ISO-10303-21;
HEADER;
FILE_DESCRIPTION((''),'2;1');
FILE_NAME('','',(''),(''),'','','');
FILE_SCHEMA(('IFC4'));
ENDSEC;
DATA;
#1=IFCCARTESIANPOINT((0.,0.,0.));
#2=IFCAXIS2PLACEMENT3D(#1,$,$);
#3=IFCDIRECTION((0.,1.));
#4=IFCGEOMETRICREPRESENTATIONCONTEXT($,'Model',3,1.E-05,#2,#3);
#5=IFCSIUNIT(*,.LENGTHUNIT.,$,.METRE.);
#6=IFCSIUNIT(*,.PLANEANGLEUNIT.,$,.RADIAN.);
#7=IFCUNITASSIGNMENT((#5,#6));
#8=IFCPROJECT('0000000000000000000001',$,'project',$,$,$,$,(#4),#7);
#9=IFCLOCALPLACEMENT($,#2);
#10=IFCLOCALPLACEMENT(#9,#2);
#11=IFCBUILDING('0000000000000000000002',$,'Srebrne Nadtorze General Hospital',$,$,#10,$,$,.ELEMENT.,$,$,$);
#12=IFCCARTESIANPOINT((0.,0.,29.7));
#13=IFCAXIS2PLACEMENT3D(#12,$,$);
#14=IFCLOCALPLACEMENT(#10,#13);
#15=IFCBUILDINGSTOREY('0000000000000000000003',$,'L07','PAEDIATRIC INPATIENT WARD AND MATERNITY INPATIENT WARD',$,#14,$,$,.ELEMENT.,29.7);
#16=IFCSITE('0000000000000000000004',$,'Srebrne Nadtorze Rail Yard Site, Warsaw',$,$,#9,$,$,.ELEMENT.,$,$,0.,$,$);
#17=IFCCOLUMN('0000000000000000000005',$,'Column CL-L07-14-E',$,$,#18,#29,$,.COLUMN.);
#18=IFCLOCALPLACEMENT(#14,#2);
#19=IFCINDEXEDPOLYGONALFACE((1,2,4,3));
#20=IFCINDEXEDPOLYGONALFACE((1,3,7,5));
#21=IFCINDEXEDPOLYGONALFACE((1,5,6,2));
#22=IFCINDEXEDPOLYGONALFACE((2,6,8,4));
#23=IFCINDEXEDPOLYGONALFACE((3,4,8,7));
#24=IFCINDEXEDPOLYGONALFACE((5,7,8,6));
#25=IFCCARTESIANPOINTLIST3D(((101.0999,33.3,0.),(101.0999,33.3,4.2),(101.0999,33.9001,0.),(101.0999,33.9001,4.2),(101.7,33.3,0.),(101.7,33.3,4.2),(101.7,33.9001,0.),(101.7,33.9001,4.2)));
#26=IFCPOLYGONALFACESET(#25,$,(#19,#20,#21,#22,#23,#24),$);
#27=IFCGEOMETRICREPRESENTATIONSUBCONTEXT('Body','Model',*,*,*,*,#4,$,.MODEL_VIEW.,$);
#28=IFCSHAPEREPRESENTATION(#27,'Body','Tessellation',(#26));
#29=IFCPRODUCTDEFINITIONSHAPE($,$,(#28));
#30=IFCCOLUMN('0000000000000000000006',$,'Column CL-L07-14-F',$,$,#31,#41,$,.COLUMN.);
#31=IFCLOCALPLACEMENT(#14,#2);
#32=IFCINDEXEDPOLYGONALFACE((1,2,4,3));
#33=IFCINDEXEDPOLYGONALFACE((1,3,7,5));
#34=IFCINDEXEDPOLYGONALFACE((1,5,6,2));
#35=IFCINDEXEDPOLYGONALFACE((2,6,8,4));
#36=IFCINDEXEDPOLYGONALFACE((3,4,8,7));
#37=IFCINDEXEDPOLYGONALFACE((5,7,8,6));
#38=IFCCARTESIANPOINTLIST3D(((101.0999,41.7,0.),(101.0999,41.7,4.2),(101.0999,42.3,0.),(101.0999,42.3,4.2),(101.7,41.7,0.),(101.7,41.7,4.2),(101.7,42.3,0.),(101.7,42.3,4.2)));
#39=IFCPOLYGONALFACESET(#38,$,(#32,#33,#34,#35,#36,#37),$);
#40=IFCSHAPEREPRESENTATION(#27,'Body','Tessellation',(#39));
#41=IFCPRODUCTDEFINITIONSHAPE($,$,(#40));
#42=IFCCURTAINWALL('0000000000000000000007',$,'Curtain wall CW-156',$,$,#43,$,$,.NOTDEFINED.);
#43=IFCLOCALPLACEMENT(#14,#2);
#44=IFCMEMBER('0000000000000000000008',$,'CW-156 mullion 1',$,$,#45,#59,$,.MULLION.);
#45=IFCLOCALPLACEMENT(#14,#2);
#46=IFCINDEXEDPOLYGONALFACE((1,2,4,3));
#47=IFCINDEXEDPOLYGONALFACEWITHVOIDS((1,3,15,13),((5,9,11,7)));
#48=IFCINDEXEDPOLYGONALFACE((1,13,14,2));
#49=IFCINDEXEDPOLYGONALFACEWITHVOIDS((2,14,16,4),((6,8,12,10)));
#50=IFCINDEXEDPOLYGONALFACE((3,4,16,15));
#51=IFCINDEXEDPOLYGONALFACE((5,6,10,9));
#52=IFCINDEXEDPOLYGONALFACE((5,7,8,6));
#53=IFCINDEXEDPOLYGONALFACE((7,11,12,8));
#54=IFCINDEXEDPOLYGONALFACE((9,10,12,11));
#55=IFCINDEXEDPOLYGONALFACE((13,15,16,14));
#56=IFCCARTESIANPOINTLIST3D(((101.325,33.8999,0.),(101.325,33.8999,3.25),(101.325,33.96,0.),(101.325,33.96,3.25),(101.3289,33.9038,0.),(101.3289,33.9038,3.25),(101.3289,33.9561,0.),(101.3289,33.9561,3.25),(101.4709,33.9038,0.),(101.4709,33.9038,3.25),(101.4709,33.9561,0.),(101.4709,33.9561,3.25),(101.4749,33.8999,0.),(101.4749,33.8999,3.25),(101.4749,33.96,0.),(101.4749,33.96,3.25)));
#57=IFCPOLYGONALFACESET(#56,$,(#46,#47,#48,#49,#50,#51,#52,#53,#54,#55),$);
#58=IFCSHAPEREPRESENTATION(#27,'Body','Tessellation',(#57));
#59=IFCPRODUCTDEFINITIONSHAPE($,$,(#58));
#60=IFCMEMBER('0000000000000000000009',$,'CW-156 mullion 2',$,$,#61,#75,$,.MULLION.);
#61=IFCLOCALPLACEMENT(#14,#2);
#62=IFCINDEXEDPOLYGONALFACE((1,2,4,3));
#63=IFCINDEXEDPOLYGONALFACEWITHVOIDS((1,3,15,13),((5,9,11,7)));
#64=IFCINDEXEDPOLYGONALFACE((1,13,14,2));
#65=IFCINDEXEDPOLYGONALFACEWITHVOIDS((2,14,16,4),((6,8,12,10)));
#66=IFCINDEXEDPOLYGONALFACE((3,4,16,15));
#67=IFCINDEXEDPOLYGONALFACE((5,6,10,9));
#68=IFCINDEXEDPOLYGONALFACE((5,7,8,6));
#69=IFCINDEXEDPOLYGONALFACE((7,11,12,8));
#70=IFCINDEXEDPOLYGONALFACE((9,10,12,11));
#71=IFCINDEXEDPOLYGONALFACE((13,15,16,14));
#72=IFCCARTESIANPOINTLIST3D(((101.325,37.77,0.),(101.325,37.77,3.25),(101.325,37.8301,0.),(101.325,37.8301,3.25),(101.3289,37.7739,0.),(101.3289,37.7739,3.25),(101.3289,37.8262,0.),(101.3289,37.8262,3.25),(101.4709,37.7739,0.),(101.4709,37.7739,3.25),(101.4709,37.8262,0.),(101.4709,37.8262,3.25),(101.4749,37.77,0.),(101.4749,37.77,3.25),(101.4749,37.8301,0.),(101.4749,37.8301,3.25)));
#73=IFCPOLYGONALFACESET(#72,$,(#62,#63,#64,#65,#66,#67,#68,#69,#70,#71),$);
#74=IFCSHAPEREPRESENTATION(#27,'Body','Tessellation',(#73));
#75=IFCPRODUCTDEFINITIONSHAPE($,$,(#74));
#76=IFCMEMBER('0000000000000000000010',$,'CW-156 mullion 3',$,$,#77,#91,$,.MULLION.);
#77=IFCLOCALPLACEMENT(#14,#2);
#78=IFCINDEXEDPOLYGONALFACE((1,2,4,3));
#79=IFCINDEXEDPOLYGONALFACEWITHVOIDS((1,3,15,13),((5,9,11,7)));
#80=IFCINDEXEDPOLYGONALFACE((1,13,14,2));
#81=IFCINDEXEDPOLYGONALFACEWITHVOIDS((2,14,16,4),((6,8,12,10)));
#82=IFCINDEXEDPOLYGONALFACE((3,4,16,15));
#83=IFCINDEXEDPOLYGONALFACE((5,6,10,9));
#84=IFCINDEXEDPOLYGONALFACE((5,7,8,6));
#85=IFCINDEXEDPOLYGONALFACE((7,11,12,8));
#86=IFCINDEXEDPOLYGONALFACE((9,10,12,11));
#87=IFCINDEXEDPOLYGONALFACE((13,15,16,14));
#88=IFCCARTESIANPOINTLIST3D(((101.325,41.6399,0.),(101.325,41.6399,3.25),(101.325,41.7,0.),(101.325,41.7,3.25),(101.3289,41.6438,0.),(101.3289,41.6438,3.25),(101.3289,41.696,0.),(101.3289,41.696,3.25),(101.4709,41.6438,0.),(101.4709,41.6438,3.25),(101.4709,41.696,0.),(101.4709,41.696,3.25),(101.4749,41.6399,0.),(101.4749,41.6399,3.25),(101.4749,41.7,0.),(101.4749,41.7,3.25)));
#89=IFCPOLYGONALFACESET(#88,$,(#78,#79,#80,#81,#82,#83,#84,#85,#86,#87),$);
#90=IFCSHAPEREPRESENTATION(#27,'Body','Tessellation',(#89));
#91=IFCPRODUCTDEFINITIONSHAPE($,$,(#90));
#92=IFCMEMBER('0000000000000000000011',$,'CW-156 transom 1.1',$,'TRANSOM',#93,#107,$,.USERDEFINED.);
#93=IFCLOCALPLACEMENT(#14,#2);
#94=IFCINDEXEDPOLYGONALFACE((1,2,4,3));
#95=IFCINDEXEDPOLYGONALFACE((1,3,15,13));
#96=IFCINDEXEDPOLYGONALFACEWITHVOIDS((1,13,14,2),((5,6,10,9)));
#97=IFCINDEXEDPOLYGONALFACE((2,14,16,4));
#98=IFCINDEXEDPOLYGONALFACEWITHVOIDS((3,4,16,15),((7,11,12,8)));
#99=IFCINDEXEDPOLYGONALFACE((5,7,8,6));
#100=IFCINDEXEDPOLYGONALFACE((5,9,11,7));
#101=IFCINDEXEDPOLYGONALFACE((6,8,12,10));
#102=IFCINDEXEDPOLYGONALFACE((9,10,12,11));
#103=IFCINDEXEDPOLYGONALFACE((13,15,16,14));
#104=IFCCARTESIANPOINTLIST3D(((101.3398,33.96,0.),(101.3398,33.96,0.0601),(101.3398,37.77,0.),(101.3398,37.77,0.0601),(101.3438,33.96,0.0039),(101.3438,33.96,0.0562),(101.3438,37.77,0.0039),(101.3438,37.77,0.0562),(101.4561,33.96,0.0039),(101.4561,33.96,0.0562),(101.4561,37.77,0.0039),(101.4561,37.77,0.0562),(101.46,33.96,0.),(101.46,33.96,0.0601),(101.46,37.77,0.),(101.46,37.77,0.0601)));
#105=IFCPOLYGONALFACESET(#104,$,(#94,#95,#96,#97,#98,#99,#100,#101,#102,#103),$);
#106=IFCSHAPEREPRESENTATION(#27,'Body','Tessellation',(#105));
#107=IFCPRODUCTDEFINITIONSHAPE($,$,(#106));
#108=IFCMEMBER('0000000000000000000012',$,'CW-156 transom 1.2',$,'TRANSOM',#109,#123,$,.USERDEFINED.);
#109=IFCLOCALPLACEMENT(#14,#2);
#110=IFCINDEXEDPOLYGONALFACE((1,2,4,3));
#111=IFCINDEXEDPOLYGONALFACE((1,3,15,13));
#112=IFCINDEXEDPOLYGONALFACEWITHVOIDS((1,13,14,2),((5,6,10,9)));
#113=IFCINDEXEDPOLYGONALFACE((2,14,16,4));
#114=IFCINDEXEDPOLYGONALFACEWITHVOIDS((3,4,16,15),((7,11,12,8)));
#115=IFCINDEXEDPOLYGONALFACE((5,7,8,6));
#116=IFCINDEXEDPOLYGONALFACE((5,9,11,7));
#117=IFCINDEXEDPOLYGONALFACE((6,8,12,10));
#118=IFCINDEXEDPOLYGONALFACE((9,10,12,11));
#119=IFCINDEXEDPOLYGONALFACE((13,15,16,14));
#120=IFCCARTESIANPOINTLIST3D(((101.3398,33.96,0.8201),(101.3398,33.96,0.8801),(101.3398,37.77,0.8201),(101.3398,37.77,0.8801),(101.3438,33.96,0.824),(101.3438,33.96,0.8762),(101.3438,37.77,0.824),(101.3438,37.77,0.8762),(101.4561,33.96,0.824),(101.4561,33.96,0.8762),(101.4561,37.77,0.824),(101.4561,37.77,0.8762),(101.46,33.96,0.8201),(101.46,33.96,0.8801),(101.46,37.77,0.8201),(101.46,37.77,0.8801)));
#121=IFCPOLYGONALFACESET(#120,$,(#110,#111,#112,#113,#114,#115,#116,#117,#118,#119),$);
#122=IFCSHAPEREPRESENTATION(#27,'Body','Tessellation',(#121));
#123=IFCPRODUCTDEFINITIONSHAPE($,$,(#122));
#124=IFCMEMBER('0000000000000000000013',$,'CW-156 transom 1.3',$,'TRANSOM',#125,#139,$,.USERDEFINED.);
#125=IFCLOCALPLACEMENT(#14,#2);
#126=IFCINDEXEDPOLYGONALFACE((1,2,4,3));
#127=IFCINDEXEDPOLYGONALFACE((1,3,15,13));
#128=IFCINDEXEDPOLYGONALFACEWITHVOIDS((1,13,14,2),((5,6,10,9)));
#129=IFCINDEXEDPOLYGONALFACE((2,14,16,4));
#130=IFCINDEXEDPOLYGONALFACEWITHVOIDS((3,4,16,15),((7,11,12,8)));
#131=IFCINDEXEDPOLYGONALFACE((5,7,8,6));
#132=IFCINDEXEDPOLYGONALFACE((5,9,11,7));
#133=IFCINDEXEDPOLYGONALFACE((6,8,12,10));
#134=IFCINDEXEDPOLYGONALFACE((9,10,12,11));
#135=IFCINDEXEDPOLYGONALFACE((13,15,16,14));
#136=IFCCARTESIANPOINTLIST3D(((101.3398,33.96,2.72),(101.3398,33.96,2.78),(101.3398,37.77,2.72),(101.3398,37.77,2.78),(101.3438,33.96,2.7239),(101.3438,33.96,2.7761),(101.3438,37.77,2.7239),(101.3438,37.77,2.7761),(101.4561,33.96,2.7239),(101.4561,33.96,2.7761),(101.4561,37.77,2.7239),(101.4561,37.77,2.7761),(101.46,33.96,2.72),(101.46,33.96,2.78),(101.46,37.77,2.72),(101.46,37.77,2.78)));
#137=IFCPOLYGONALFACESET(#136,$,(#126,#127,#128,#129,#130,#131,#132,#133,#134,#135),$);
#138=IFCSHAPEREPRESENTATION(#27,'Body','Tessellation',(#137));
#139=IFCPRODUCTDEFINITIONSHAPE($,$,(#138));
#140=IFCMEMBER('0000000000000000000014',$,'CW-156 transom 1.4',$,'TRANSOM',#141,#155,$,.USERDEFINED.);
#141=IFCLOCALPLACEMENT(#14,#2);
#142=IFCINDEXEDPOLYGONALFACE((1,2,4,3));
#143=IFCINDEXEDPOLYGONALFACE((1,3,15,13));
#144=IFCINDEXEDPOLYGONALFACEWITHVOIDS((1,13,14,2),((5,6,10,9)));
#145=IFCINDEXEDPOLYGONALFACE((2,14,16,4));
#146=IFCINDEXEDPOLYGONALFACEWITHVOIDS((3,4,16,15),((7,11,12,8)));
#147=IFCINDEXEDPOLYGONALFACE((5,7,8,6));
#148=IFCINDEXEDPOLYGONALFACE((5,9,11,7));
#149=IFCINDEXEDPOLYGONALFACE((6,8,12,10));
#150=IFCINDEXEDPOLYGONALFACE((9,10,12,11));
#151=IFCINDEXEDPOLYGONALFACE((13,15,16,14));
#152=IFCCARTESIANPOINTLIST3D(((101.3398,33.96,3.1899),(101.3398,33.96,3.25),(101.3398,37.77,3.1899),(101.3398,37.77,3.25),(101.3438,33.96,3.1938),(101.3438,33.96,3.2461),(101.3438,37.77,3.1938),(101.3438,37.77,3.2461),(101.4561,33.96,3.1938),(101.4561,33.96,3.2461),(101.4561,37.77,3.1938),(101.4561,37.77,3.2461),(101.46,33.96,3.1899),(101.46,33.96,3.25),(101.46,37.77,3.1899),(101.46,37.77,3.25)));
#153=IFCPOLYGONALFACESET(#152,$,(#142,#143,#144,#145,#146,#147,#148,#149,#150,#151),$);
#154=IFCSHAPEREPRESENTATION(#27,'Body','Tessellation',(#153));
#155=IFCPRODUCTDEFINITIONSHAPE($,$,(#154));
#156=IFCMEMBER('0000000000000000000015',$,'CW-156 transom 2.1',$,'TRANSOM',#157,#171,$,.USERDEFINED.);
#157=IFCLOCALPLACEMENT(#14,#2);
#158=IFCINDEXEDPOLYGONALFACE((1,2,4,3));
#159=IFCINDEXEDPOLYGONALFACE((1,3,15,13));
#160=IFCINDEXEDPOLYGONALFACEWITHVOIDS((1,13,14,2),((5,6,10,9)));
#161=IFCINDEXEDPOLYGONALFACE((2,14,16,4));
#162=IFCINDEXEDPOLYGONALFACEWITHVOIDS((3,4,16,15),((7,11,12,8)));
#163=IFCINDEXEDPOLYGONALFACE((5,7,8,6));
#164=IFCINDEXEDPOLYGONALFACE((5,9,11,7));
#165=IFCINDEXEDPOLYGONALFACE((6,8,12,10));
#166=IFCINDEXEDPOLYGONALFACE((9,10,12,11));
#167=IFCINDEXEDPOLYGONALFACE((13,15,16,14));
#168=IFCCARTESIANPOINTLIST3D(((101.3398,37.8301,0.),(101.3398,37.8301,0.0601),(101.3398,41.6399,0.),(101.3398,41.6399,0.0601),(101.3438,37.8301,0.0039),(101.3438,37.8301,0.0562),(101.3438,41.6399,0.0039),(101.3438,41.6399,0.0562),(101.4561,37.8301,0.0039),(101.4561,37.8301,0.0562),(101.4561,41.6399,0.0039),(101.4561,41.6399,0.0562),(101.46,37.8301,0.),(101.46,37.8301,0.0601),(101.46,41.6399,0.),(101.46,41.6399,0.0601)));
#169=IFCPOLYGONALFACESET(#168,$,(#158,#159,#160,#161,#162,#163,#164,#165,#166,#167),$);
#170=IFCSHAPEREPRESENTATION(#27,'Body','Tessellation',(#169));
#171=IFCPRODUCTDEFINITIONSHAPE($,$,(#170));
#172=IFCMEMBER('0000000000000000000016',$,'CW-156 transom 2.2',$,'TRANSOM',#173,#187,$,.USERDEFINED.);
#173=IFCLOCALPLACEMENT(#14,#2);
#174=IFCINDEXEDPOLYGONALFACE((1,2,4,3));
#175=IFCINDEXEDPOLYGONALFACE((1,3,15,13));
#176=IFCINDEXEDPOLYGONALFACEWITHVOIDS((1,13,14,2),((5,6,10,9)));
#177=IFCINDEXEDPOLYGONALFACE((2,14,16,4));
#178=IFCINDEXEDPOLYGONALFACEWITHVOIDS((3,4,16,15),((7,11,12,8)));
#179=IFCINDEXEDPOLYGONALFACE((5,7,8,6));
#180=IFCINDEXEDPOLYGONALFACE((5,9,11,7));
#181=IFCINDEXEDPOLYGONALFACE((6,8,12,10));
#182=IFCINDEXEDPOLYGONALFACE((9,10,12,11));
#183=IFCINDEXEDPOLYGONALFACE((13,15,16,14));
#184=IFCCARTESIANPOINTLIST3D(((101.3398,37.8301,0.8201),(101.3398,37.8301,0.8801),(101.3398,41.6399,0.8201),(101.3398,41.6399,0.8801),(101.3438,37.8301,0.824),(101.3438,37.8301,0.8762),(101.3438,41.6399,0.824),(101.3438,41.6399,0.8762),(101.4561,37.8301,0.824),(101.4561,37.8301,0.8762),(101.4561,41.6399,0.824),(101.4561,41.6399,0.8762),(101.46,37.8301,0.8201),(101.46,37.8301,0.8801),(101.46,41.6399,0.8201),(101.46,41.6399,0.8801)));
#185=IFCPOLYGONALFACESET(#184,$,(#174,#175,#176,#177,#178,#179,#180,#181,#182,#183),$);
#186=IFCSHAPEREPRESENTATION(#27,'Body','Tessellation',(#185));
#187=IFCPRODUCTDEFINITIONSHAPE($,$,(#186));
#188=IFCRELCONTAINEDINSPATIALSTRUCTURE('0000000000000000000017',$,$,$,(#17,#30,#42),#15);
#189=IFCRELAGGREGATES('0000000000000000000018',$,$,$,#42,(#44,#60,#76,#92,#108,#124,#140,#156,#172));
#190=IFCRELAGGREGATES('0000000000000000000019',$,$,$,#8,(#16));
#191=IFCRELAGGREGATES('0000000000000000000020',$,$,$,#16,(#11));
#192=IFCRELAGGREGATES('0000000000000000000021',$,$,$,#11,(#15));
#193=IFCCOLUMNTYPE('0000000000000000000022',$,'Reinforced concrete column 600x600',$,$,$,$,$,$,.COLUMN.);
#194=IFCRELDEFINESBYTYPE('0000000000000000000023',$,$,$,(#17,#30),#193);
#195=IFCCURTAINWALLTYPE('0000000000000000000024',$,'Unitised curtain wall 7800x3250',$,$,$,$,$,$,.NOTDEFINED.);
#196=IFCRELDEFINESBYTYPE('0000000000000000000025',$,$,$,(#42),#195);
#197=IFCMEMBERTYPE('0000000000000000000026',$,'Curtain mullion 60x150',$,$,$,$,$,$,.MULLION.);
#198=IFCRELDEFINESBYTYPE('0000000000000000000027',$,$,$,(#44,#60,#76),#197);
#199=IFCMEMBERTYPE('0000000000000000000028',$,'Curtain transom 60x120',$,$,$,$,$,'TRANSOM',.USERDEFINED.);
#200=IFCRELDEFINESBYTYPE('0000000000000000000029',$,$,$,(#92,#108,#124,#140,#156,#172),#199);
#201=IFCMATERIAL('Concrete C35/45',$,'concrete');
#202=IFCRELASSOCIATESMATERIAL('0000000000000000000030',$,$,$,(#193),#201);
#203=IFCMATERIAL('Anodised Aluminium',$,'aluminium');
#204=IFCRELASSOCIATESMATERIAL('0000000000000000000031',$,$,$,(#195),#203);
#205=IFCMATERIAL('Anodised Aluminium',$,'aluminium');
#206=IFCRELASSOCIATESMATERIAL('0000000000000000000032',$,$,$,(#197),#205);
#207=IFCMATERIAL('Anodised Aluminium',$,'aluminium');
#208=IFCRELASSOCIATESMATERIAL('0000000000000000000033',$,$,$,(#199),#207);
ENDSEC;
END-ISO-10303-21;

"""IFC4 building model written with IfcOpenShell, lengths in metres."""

from ifc_helpers import new_model, si_unit, direction, frame, origin, origin_2d, place, context, subcontext, project, spatial, rectangle, hollow_rectangle, extrude, material, material_profile, profile_set, type_object, element, aggregate, save


model = new_model("IFC4")

# Units and contexts
model_context = context("Model", 3, precision=1e-05, world=origin(), true_north=direction((0.0, 1.0)))
body_context = subcontext(model_context, "Body", "Model", "MODEL_VIEW")
ifc_project = project(units=[si_unit("LENGTHUNIT", "METRE"), si_unit("PLANEANGLEUNIT", "RADIAN")], contexts=[model_context])

# Site, building, storey
site_placement = place(None, origin())
site = spatial("IfcSite", under=ifc_project, at=site_placement, Name="Srebrne Nadtorze Rail Yard Site, Warsaw", CompositionType="ELEMENT", RefElevation=0.0)
building_placement = place(site_placement, origin())
building = spatial("IfcBuilding", under=site, at=building_placement, Name="Srebrne Nadtorze General Hospital", CompositionType="ELEMENT")
storey_placement = place(building_placement, frame((0.0, 0.0, 29.7)))
storey = spatial("IfcBuildingStorey", under=building, at=storey_placement, Name="L07", Description="PAEDIATRIC INPATIENT WARD AND MATERNITY INPATIENT WARD", CompositionType="ELEMENT", Elevation=29.7)

# Columns
ifc_material_1 = material(Name="Concrete C35/45", Category="concrete")
ifc_material_profile_1 = material_profile(ifc_material_1, rectangle(XDim=0.6001, YDim=0.6001, at=origin_2d()), Name="RC-COL-600x600")
ifc_profile_set_1 = profile_set([ifc_material_profile_1], Name="Concrete C35/45")
column_type = type_object("IfcColumnType", Name="Reinforced concrete column 600x600", PredefinedType="COLUMN", material=ifc_profile_set_1)
for number, where, z_axis, x_axis, name in (
    (1, (101.3999, 33.6001, 0.0), (0.0, 0.0, 1.0), (1.0, 0.0, 0.0), "Column CL-L07-14-E"),
    (2, (101.3999, 42.0, 0.0), (0.0, 0.0, 1.0), (1.0, 0.0, 0.0), "Column CL-L07-14-F"),
):
    element("IfcColumn", number, at=place(storey_placement, frame(where, z_axis=z_axis, x_axis=x_axis)), inside=storey, type_object=column_type, Name=name, PredefinedType="COLUMN", context=body_context, shape_type="SweptSolid", body=[
        extrude(rectangle(XDim=0.6001, YDim=0.6001, at=origin_2d()), origin(), (0.0, 0.0, 1.0), 4.2),
    ])

# Curtain wall, members
ifc_material_2 = material(Name="Anodised Aluminium", Category="aluminium")
curtain_wall_type = type_object("IfcCurtainWallType", Name="Unitised curtain wall 7800x3250", PredefinedType="NOTDEFINED", material=ifc_material_2)
curtain_wall_placement = place(storey_placement, origin())
curtain_wall = element("IfcCurtainWall", 3, at=curtain_wall_placement, inside=storey, type_object=curtain_wall_type, Name="Curtain wall CW-156", PredefinedType="NOTDEFINED")
ifc_material_3 = material(Name="Anodised Aluminium", Category="aluminium")
ifc_material_profile_2 = material_profile(ifc_material_3, hollow_rectangle(XDim=0.0601, YDim=0.1499, WallThickness=0.0039, at=origin_2d()), Name="AL-MUL-60x150")
ifc_profile_set_2 = profile_set([ifc_material_profile_2], Name="Anodised Aluminium")
member_type_1 = type_object("IfcMemberType", Name="Curtain mullion 60x150", PredefinedType="MULLION", material=ifc_profile_set_2)
member_1_placement = place(storey_placement, frame((101.3999, 33.9299, 0.0), z_axis=(0.0, 0.0, 1.0), x_axis=(0.0, 1.0, 0.0)))
member_1 = element("IfcMember", 4, at=member_1_placement, type_object=member_type_1, Name="CW-156 mullion 1", PredefinedType="MULLION", context=body_context, shape_type="SweptSolid", body=[
    extrude(hollow_rectangle(XDim=0.0601, YDim=0.1499, WallThickness=0.0039, at=origin_2d()), origin(), (0.0, 0.0, 1.0), 3.25),
])
member_2_placement = place(storey_placement, frame((101.3999, 37.8, 0.0), z_axis=(0.0, 0.0, 1.0), x_axis=(0.0, 1.0, 0.0)))
member_2 = element("IfcMember", 5, at=member_2_placement, type_object=member_type_1, Name="CW-156 mullion 2", PredefinedType="MULLION", context=body_context, shape_type="SweptSolid", body=[
    extrude(hollow_rectangle(XDim=0.0601, YDim=0.1499, WallThickness=0.0039, at=origin_2d()), origin(), (0.0, 0.0, 1.0), 3.25),
])
member_3_placement = place(storey_placement, frame((101.3999, 41.6699, 0.0), z_axis=(0.0, 0.0, 1.0), x_axis=(0.0, 1.0, 0.0)))
member_3 = element("IfcMember", 6, at=member_3_placement, type_object=member_type_1, Name="CW-156 mullion 3", PredefinedType="MULLION", context=body_context, shape_type="SweptSolid", body=[
    extrude(hollow_rectangle(XDim=0.0601, YDim=0.1499, WallThickness=0.0039, at=origin_2d()), origin(), (0.0, 0.0, 1.0), 3.25),
])
ifc_material_4 = material(Name="Anodised Aluminium", Category="aluminium")
ifc_material_profile_3 = material_profile(ifc_material_4, hollow_rectangle(XDim=0.0601, YDim=0.1201, WallThickness=0.0039, at=origin_2d()), Name="AL-TRN-60x120")
ifc_profile_set_3 = profile_set([ifc_material_profile_3], Name="Anodised Aluminium")
member_type_2 = type_object("IfcMemberType", Name="Curtain transom 60x120", ElementType="TRANSOM", PredefinedType="USERDEFINED", material=ifc_profile_set_3)
member_4_placement = place(storey_placement, frame((101.3999, 33.96, 0.03), z_axis=(0.0, 1.0, 0.0), x_axis=(0.0, 0.0, 1.0)))
member_4 = element("IfcMember", 7, at=member_4_placement, type_object=member_type_2, Name="CW-156 transom 1.1", ObjectType="TRANSOM", PredefinedType="USERDEFINED", context=body_context, shape_type="SweptSolid", body=[
    extrude(hollow_rectangle(XDim=0.0601, YDim=0.1201, WallThickness=0.0039, at=origin_2d()), origin(), (0.0, 0.0, 1.0), 3.8101),
])
member_5_placement = place(storey_placement, frame((101.3999, 33.96, 0.8501), z_axis=(0.0, 1.0, 0.0), x_axis=(0.0, 0.0, 1.0)))
member_5 = element("IfcMember", 8, at=member_5_placement, type_object=member_type_2, Name="CW-156 transom 1.2", ObjectType="TRANSOM", PredefinedType="USERDEFINED", context=body_context, shape_type="SweptSolid", body=[
    extrude(hollow_rectangle(XDim=0.0601, YDim=0.1201, WallThickness=0.0039, at=origin_2d()), origin(), (0.0, 0.0, 1.0), 3.8101),
])
member_6_placement = place(storey_placement, frame((101.3999, 33.96, 2.75), z_axis=(0.0, 1.0, 0.0), x_axis=(0.0, 0.0, 1.0)))
member_6 = element("IfcMember", 9, at=member_6_placement, type_object=member_type_2, Name="CW-156 transom 1.3", ObjectType="TRANSOM", PredefinedType="USERDEFINED", context=body_context, shape_type="SweptSolid", body=[
    extrude(hollow_rectangle(XDim=0.0601, YDim=0.1201, WallThickness=0.0039, at=origin_2d()), origin(), (0.0, 0.0, 1.0), 3.8101),
])
member_7_placement = place(storey_placement, frame((101.3999, 33.96, 3.22), z_axis=(0.0, 1.0, 0.0), x_axis=(0.0, 0.0, 1.0)))
member_7 = element("IfcMember", 10, at=member_7_placement, type_object=member_type_2, Name="CW-156 transom 1.4", ObjectType="TRANSOM", PredefinedType="USERDEFINED", context=body_context, shape_type="SweptSolid", body=[
    extrude(hollow_rectangle(XDim=0.0601, YDim=0.1201, WallThickness=0.0039, at=origin_2d()), origin(), (0.0, 0.0, 1.0), 3.8101),
])
member_8_placement = place(storey_placement, frame((101.3999, 37.8301, 0.03), z_axis=(0.0, 1.0, 0.0), x_axis=(0.0, 0.0, 1.0)))
member_8 = element("IfcMember", 11, at=member_8_placement, type_object=member_type_2, Name="CW-156 transom 2.1", ObjectType="TRANSOM", PredefinedType="USERDEFINED", context=body_context, shape_type="SweptSolid", body=[
    extrude(hollow_rectangle(XDim=0.0601, YDim=0.1201, WallThickness=0.0039, at=origin_2d()), origin(), (0.0, 0.0, 1.0), 3.8098),
])
member_9_placement = place(storey_placement, frame((101.3999, 37.8301, 0.8501), z_axis=(0.0, 1.0, 0.0), x_axis=(0.0, 0.0, 1.0)))
member_9 = element("IfcMember", 12, at=member_9_placement, type_object=member_type_2, Name="CW-156 transom 2.2", ObjectType="TRANSOM", PredefinedType="USERDEFINED", context=body_context, shape_type="SweptSolid", body=[
    extrude(hollow_rectangle(XDim=0.0601, YDim=0.1201, WallThickness=0.0039, at=origin_2d()), origin(), (0.0, 0.0, 1.0), 3.8098),
])

aggregate(curtain_wall, [member_1, member_2, member_3, member_4, member_5, member_6, member_7, member_8, member_9])

save(model, "model.ifc")
